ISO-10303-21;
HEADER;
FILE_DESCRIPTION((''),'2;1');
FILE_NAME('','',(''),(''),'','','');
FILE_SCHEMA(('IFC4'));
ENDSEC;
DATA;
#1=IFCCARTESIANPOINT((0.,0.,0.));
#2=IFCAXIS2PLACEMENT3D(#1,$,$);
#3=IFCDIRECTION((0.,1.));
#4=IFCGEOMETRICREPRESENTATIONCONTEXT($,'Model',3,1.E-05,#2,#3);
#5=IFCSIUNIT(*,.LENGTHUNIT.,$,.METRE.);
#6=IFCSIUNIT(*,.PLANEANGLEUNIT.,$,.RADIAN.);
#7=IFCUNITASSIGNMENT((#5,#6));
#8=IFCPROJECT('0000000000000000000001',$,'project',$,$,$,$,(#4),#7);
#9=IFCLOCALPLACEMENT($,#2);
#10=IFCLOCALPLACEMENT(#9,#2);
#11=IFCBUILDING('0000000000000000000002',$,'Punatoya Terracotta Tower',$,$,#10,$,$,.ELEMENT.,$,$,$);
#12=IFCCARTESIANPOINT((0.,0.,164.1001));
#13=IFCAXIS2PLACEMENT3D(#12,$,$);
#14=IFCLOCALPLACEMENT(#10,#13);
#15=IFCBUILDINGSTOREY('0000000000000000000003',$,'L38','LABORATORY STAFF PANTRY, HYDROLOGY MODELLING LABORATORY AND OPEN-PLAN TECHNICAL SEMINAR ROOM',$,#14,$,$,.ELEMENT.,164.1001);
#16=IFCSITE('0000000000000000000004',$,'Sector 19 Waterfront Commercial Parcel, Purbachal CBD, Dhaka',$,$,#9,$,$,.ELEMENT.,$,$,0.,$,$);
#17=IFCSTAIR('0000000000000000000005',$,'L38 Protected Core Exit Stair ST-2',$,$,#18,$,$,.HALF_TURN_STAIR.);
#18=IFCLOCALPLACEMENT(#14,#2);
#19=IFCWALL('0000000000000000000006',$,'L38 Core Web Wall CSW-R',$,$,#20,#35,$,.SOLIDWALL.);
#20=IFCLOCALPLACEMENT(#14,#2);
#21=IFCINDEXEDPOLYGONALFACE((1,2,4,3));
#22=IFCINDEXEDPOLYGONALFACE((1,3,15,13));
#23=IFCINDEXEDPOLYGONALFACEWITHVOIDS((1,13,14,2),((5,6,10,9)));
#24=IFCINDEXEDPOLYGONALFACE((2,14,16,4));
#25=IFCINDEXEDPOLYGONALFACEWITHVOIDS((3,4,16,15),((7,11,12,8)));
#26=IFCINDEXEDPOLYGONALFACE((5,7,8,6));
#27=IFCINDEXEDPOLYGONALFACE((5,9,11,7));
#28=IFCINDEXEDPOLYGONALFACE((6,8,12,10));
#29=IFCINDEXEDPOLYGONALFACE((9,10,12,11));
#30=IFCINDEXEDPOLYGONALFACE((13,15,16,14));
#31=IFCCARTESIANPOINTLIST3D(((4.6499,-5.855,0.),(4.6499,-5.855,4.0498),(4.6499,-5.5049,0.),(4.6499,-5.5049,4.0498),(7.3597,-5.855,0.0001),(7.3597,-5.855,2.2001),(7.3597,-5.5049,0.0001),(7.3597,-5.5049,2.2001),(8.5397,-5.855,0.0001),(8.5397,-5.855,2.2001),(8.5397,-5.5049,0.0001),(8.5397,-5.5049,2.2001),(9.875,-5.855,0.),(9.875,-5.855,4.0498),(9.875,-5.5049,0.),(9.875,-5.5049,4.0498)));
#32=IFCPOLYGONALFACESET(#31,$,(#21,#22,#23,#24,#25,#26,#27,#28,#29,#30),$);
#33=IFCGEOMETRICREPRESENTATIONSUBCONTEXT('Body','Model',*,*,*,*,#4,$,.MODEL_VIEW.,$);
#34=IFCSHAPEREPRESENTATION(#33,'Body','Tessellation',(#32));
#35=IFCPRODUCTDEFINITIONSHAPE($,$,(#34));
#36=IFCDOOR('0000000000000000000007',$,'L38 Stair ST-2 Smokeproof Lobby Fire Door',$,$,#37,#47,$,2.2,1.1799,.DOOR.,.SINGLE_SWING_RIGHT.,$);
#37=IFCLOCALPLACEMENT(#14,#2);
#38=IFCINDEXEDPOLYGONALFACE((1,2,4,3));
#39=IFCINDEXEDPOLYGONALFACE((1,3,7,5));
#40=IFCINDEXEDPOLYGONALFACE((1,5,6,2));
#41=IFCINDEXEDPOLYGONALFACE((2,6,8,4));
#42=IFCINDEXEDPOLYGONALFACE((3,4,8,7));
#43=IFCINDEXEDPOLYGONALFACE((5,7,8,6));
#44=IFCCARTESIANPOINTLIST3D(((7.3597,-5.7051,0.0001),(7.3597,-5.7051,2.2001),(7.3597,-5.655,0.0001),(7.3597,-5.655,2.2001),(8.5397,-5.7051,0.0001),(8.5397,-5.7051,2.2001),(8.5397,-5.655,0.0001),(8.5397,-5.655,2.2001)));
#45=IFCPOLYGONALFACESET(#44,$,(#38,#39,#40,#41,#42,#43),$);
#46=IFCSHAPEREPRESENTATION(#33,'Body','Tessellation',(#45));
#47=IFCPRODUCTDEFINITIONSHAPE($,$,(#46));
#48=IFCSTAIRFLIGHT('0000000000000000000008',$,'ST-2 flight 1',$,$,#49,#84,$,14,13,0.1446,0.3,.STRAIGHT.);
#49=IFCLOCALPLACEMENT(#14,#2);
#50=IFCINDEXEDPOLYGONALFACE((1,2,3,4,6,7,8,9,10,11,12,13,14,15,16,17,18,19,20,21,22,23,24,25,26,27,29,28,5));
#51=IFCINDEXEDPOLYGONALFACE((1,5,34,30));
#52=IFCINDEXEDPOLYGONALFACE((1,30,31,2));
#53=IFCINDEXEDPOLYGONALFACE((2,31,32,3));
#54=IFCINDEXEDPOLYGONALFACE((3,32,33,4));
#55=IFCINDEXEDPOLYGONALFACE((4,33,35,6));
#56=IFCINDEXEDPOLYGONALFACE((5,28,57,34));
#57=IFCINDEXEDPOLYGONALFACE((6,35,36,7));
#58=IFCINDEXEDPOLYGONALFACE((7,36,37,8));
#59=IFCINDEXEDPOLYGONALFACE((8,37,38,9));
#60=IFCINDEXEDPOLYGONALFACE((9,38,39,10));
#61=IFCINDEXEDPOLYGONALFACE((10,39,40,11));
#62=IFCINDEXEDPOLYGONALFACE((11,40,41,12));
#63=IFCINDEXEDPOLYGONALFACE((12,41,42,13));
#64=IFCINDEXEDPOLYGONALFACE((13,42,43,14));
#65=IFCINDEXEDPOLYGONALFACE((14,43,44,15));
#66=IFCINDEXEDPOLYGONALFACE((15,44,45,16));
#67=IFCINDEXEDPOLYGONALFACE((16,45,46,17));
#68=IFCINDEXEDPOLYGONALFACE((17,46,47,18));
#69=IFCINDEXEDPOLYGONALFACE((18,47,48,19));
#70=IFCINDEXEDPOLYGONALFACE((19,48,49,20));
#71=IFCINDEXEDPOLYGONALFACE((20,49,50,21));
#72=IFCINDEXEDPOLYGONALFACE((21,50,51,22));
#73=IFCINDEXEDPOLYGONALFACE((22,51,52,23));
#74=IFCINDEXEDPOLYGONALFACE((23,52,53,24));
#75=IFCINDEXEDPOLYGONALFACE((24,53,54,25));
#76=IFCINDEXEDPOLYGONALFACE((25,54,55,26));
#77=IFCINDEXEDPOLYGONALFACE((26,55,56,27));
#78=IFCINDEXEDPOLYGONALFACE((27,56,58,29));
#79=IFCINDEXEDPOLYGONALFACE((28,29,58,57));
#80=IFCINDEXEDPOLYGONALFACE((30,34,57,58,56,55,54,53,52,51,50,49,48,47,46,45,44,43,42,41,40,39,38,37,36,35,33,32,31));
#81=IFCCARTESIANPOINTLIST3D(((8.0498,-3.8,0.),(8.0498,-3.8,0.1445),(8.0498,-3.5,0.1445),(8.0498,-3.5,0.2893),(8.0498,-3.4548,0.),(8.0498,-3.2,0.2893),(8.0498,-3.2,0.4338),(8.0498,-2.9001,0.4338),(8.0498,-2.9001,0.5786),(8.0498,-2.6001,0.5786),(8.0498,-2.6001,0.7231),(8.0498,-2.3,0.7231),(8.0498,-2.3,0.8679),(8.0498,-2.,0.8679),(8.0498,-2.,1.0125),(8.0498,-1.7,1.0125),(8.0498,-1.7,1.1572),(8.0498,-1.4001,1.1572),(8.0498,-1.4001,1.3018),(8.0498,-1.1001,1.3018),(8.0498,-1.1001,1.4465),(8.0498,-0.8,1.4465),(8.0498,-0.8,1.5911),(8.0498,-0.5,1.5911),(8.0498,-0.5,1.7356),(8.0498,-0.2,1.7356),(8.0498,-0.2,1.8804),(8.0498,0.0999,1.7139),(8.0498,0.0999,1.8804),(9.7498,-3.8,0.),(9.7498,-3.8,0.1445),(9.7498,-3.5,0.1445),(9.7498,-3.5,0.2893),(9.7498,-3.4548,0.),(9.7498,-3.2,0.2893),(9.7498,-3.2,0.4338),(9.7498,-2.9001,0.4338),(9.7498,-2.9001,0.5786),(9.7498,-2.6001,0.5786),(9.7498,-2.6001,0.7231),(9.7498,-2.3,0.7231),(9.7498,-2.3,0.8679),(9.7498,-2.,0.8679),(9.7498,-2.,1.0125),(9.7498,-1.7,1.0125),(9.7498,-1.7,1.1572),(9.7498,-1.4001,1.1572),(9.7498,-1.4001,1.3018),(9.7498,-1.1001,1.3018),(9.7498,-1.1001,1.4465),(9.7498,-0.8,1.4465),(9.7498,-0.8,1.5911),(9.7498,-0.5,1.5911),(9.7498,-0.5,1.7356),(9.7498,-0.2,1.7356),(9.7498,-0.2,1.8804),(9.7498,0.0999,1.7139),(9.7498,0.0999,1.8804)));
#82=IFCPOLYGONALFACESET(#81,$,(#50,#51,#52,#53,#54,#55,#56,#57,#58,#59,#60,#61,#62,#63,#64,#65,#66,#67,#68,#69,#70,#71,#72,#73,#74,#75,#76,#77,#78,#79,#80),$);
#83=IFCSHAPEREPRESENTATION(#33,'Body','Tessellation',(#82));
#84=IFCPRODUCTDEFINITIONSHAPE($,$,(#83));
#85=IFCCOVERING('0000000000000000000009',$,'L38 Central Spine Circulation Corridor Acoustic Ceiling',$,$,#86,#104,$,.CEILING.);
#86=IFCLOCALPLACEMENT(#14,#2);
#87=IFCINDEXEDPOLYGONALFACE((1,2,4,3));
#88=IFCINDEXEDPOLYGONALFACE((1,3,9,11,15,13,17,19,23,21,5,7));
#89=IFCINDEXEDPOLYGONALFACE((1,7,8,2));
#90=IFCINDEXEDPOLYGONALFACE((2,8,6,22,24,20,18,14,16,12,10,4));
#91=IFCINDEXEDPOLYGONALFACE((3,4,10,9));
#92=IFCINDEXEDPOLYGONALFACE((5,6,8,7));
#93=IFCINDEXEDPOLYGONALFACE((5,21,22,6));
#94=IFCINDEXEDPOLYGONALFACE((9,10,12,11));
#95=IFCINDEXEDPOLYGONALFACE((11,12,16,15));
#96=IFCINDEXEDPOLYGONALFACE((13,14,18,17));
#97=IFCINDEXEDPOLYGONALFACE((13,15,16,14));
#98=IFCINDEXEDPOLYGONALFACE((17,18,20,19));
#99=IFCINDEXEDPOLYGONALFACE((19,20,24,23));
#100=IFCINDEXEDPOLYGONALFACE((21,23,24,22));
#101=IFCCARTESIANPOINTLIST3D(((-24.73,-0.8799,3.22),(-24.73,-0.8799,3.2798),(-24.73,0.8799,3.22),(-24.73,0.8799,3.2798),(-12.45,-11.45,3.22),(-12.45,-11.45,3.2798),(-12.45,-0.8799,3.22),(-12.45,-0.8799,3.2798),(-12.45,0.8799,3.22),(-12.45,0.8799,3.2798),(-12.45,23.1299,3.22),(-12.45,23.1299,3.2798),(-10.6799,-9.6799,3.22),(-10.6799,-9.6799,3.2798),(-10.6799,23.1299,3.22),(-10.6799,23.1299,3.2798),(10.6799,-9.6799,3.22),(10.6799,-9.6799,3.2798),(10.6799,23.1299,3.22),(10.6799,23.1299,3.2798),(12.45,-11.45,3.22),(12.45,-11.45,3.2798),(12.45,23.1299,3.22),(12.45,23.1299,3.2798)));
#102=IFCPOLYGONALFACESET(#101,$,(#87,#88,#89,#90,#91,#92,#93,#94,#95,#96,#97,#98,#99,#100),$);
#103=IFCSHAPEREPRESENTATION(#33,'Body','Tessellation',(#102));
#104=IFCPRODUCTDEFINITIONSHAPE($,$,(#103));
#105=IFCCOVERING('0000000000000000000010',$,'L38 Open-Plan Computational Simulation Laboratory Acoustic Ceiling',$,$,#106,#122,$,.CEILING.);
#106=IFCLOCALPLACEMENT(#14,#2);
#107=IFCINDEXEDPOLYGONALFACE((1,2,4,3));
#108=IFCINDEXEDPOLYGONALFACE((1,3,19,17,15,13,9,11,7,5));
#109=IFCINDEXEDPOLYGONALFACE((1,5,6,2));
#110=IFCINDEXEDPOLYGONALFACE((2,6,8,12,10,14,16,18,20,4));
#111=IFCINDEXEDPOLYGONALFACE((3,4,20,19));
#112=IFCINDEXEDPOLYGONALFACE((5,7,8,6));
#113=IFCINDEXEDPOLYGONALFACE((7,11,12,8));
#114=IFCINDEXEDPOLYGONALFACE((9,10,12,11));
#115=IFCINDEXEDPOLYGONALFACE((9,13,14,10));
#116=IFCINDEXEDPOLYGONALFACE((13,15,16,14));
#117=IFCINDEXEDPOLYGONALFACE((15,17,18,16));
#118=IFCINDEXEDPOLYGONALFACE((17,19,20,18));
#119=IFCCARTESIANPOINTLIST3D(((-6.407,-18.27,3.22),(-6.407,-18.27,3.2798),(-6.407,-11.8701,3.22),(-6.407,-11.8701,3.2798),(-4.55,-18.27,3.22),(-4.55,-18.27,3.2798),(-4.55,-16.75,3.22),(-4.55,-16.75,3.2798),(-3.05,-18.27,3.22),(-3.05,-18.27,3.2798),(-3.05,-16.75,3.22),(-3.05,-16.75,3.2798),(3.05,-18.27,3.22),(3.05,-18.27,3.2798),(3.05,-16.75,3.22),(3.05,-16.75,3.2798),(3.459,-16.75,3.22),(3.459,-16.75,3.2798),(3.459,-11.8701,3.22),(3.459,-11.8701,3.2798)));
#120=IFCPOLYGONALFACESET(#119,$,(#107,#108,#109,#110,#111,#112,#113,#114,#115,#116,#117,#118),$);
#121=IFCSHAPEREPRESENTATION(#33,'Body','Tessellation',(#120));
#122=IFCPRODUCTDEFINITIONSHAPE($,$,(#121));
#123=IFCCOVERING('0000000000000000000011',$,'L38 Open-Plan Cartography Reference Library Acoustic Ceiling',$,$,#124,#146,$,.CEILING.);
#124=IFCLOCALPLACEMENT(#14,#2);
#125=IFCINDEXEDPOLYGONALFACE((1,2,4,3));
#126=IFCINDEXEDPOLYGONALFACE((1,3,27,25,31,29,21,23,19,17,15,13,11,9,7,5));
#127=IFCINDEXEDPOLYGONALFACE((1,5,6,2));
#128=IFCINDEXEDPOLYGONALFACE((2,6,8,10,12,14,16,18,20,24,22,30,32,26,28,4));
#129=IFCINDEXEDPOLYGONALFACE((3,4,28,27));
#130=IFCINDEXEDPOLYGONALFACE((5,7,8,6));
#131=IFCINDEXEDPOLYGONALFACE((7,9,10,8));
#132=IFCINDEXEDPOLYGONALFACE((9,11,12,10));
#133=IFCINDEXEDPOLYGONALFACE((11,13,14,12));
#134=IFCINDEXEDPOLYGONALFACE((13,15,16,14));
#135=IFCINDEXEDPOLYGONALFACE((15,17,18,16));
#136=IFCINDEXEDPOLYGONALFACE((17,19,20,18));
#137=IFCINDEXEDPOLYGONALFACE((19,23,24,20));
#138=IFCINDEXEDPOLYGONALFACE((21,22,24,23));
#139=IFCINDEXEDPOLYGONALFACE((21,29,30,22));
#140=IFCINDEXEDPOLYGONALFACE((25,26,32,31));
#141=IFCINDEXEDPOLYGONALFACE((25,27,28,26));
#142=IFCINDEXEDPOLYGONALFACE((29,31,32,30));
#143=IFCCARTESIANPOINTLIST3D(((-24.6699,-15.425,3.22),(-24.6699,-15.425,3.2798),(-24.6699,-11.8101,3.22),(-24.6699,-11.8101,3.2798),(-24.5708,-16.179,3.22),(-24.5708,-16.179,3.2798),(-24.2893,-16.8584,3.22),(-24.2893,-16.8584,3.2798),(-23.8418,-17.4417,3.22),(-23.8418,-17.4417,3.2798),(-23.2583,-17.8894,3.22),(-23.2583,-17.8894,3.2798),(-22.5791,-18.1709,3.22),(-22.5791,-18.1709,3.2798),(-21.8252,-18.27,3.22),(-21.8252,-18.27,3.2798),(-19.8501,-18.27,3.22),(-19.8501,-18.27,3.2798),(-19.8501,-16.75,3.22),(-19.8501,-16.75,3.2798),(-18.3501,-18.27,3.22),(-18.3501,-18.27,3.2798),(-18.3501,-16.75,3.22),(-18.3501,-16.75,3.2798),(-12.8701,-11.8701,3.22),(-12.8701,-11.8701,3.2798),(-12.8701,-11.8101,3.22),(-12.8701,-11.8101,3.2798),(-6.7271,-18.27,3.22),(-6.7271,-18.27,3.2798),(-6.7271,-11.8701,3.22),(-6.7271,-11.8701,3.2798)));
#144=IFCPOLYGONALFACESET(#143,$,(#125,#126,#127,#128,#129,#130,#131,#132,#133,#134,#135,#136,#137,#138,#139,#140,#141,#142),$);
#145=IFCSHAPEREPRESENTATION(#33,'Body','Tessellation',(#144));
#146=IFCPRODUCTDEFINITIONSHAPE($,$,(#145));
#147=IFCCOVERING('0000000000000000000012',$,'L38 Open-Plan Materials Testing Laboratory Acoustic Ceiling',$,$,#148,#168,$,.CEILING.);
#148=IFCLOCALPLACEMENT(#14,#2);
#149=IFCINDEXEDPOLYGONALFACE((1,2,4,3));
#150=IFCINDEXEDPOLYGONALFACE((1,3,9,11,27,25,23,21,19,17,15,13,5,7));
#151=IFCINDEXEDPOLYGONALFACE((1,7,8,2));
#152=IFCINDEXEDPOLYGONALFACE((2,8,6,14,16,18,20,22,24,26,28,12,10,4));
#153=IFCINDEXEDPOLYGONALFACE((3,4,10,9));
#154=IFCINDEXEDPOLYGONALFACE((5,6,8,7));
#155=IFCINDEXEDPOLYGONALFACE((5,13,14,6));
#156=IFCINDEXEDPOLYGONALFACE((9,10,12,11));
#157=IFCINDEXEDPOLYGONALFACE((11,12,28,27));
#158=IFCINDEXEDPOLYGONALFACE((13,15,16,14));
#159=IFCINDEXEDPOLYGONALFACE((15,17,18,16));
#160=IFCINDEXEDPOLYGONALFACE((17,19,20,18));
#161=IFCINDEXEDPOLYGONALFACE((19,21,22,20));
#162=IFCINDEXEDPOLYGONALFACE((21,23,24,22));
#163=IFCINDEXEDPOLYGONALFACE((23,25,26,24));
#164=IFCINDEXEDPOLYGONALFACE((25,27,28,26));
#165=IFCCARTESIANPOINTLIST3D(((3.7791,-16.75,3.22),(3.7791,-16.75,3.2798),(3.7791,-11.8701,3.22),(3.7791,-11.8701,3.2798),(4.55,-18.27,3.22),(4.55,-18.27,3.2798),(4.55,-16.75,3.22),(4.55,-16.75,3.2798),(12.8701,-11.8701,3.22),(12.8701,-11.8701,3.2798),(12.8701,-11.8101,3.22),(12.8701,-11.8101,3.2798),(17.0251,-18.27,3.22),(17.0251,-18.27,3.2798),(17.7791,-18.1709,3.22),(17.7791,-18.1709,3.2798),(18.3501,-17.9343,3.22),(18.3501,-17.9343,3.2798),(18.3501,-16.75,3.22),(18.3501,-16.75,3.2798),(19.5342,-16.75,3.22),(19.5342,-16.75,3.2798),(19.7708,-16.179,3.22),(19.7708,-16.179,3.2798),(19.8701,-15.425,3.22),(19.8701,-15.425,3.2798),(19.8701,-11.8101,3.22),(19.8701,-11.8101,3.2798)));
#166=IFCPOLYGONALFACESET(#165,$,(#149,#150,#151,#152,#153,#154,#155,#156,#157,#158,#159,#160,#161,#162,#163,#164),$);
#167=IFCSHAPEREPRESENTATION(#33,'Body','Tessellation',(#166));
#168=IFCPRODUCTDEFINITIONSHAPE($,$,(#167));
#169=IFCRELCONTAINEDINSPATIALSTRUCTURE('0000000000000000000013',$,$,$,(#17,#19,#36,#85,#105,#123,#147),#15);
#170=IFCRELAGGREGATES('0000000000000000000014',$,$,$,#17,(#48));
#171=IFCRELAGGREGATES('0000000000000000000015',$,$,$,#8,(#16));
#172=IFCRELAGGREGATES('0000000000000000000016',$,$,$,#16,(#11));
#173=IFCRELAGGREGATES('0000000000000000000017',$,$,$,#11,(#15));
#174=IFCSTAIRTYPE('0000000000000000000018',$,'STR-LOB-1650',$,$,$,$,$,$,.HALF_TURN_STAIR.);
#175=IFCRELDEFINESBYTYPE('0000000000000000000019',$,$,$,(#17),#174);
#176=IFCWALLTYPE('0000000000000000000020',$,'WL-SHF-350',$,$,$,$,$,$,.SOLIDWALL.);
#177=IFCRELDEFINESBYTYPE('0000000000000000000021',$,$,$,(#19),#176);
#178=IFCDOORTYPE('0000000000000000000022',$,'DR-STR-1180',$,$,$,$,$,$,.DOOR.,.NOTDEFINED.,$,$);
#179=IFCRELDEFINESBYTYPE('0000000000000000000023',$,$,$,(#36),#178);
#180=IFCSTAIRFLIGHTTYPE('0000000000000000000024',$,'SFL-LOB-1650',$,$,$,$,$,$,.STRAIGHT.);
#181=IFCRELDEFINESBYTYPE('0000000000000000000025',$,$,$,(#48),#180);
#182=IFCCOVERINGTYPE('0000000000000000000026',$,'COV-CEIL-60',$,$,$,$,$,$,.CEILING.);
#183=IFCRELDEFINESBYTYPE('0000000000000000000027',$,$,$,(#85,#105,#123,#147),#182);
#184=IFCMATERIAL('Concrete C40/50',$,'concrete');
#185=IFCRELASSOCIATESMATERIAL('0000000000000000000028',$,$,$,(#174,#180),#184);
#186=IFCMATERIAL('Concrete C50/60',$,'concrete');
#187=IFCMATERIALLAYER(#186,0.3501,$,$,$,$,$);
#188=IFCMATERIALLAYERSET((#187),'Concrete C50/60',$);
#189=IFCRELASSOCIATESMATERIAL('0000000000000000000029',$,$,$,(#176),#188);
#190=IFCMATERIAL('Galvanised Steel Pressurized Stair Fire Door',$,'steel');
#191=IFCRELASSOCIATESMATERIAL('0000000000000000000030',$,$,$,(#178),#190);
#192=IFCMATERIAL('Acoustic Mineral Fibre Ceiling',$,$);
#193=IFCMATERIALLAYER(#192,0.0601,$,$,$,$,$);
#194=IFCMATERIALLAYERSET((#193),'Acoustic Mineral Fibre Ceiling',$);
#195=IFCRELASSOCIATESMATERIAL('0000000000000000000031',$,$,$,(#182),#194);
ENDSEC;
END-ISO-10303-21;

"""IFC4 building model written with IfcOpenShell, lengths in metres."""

from ifc_helpers import new_model, si_unit, direction, frame, frame_2d, origin, place, context, subcontext, project, spatial, polyline, rectangle, outline, extrude, material, layer, layer_set, type_object, element, fill, aggregate, save


model = new_model("IFC4")

# Units and contexts
model_context = context("Model", 3, precision=1e-05, world=origin(), true_north=direction((0.0, 1.0)))
body_context = subcontext(model_context, "Body", "Model", "MODEL_VIEW")
ifc_project = project(units=[si_unit("LENGTHUNIT", "METRE"), si_unit("PLANEANGLEUNIT", "RADIAN")], contexts=[model_context])

# Site, building, storey
site_placement = place(None, origin())
site = spatial("IfcSite", under=ifc_project, at=site_placement, Name="Sector 19 Waterfront Commercial Parcel, Purbachal CBD, Dhaka", CompositionType="ELEMENT", RefElevation=0.0)
building_placement = place(site_placement, origin())
building = spatial("IfcBuilding", under=site, at=building_placement, Name="Punatoya Terracotta Tower", CompositionType="ELEMENT")
storey_placement = place(building_placement, frame((0.0, 0.0, 164.1001)))
storey = spatial("IfcBuildingStorey", under=building, at=storey_placement, Name="L38", Description="LABORATORY STAFF PANTRY, HYDROLOGY MODELLING LABORATORY AND OPEN-PLAN TECHNICAL SEMINAR ROOM", CompositionType="ELEMENT", Elevation=164.1001)

# Stair
ifc_material_1 = material(Name="Concrete C40/50", Category="concrete")
stair_type_1 = type_object("IfcStairType", Name="STR-LOB-1650", PredefinedType="HALF_TURN_STAIR", material=ifc_material_1)
stair_1_placement = place(storey_placement, origin())
stair_1 = element("IfcStair", 1, at=stair_1_placement, inside=storey, type_object=stair_type_1, Name="L38 Protected Core Exit Stair ST-2", PredefinedType="HALF_TURN_STAIR")

# Wall, opening, door
ifc_material_2 = material(Name="Concrete C50/60", Category="concrete")
ifc_layer_1 = layer(ifc_material_2, 0.3501)
ifc_layer_set_1 = layer_set([ifc_layer_1], Name="Concrete C50/60")
wall_type_1 = type_object("IfcWallType", Name="WL-SHF-350", PredefinedType="SOLIDWALL", material=ifc_layer_set_1)
wall_1_placement = place(storey_placement, frame((4.6499, -5.6799, 0.0), z_axis=(0.0, 0.0, 1.0), x_axis=(1.0, 0.0, 0.0)))
wall_1 = element("IfcWall", 2, at=wall_1_placement, inside=storey, type_object=wall_type_1, Name="L38 Core Web Wall CSW-R", PredefinedType="SOLIDWALL", context=body_context, shape_type="SweptSolid", body=[
    extrude(rectangle(XDim=5.2251, YDim=0.3501, at=frame_2d((2.6125, 0.0))), origin(), (0.0, 0.0, 1.0), 4.0498),
])
opening_1_placement = place(wall_1_placement, frame((2.71, 0.0, 0.0)))
opening_1 = element("IfcOpeningElement", 3, at=opening_1_placement, cuts=wall_1, PredefinedType="OPENING", context=body_context, shape_type="SweptSolid", body=[
    extrude(rectangle(XDim=1.1799, YDim=2.2, at=frame_2d((0.5898, 1.1001))), frame((0.0, 0.1851, 0.0), z_axis=(0.0, -1.0, 0.0), x_axis=(1.0, 0.0, 0.0)), (0.0, 0.0, 1.0), 0.3701),
])
ifc_material_3 = material(Name="Galvanised Steel Pressurized Stair Fire Door", Category="steel")
door_type_1 = type_object("IfcDoorType", Name="DR-STR-1180", OperationType="NOTDEFINED", PredefinedType="DOOR", material=ifc_material_3)
door_1_placement = place(opening_1_placement, origin())
door_1 = element("IfcDoor", 4, at=door_1_placement, inside=storey, type_object=door_type_1, Name="L38 Stair ST-2 Smokeproof Lobby Fire Door", OperationType="SINGLE_SWING_RIGHT", OverallHeight=2.2, OverallWidth=1.1799, PredefinedType="DOOR", context=body_context, shape_type="SweptSolid", body=[
    extrude(rectangle(XDim=1.1799, YDim=2.2, at=frame_2d((0.5898, 1.1001))), frame((0.0, 0.0249, 0.0), z_axis=(0.0, -1.0, 0.0), x_axis=(1.0, 0.0, 0.0)), (0.0, 0.0, 1.0), 0.05),
])
fill(opening_1, door_1)

# Stair flight
stair_flight_type = type_object("IfcStairFlightType", Name="SFL-LOB-1650", PredefinedType="STRAIGHT", material=ifc_material_1)
stair_flight_placement = place(storey_placement, frame((8.8999, -3.8, 0.0), z_axis=(0.0, 0.0, 1.0), x_axis=(0.0, 1.0, 0.0)))
stair_flight = element("IfcStairFlight", 5, at=stair_flight_placement, type_object=stair_flight_type, Name="ST-2 flight 1", NumberOfRisers=14, NumberOfTreads=13, PredefinedType="STRAIGHT", RiserHeight=0.1446, TreadLength=0.3, context=body_context, shape_type="SweptSolid", body=[
    extrude(outline(polyline([(0.0, 0.0), (0.0, 0.1445), (0.3, 0.1445), (0.3, 0.2893), (0.6001, 0.2893), (0.6001, 0.4338), (0.8999, 0.4338), (0.8999, 0.5786), (1.2, 0.5786), (1.2, 0.7231), (1.5, 0.7231), (1.5, 0.8679), (1.8, 0.8679), (1.8, 1.0125), (2.1001, 1.0125), (2.1001, 1.1572), (2.3999, 1.1572), (2.3999, 1.3018), (2.7, 1.3018), (2.7, 1.4465), (3.0, 1.4465), (3.0, 1.5911), (3.3, 1.5911), (3.3, 1.7356), (3.6001, 1.7356), (3.6001, 1.8804), (3.8999, 1.8804), (3.8999, 2.0249), (3.8999, 1.7139), (0.3452, 0.0), (0.0, 0.0)])), frame((0.0, 0.8501, 0.0), z_axis=(0.0, -1.0, 0.0), x_axis=(1.0, 0.0, 0.0)), (0.0, 0.0, 1.0), 1.7),
])
aggregate(stair_1, [stair_flight])

# Coverings
ifc_material_4 = material(Name="Acoustic Mineral Fibre Ceiling")
ifc_layer_2 = layer(ifc_material_4, 0.0601)
ifc_layer_set_2 = layer_set([ifc_layer_2], Name="Acoustic Mineral Fibre Ceiling")
covering_type = type_object("IfcCoveringType", Name="COV-CEIL-60", PredefinedType="CEILING", material=ifc_layer_set_2)
covering_1_placement = place(storey_placement, frame((0.0, 0.0, 3.22)))
element("IfcCovering", 6, at=covering_1_placement, inside=storey, type_object=covering_type, Name="L38 Central Spine Circulation Corridor Acoustic Ceiling", PredefinedType="CEILING", context=body_context, shape_type="SweptSolid", body=[
    extrude(outline(polyline([(10.6799, 23.1299), (10.6799, -9.6799), (-10.6799, -9.6799), (-10.6799, 23.1299), (-12.45, 23.1299), (-12.45, 0.8799), (-24.73, 0.8799), (-24.73, -0.8799), (-12.45, -0.8799), (-12.45, -11.45), (12.45, -11.45), (12.45, 23.1299), (10.6799, 23.1299)])), origin(), (0.0, 0.0, 1.0), 0.0598),
])
covering_2_placement = place(storey_placement, frame((0.0, 0.0, 3.22)))
element("IfcCovering", 7, at=covering_2_placement, inside=storey, type_object=covering_type, Name="L38 Open-Plan Computational Simulation Laboratory Acoustic Ceiling", PredefinedType="CEILING", context=body_context, shape_type="SweptSolid", body=[
    extrude(outline(polyline([(-4.55, -18.27), (-4.55, -16.75), (-3.05, -16.75), (-3.05, -18.27), (3.05, -18.27), (3.05, -16.75), (3.459, -16.75), (3.459, -11.8701), (-6.407, -11.8701), (-6.407, -18.27), (-4.55, -18.27)])), origin(), (0.0, 0.0, 1.0), 0.0598),
])
covering_3_placement = place(storey_placement, frame((0.0, 0.0, 3.22)))
element("IfcCovering", 8, at=covering_3_placement, inside=storey, type_object=covering_type, Name="L38 Open-Plan Cartography Reference Library Acoustic Ceiling", PredefinedType="CEILING", context=body_context, shape_type="SweptSolid", body=[
    extrude(outline(polyline([(-21.8252, -18.27), (-19.8501, -18.27), (-19.8501, -16.75), (-18.3501, -16.75), (-18.3501, -18.27), (-6.7271, -18.27), (-6.7271, -11.8701), (-12.8701, -11.8701), (-12.8701, -11.8101), (-24.6699, -11.8101), (-24.6699, -15.425), (-24.5708, -16.179), (-24.2893, -16.8584), (-23.8418, -17.4417), (-23.2583, -17.8894), (-22.5791, -18.1709), (-21.8252, -18.27)])), origin(), (0.0, 0.0, 1.0), 0.0598),
])
covering_4_placement = place(storey_placement, frame((0.0, 0.0, 3.22)))
element("IfcCovering", 9, at=covering_4_placement, inside=storey, type_object=covering_type, Name="L38 Open-Plan Materials Testing Laboratory Acoustic Ceiling", PredefinedType="CEILING", context=body_context, shape_type="SweptSolid", body=[
    extrude(outline(polyline([(4.55, -18.27), (17.0251, -18.27), (17.7791, -18.1709), (18.3501, -17.9343), (18.3501, -16.75), (19.5342, -16.75), (19.7708, -16.179), (19.8701, -15.425), (19.8701, -11.8101), (12.8701, -11.8101), (12.8701, -11.8701), (3.7791, -11.8701), (3.7791, -16.75), (4.55, -16.75), (4.55, -18.27)])), origin(), (0.0, 0.0, 1.0), 0.0598),
])

save(model, "model.ifc")
